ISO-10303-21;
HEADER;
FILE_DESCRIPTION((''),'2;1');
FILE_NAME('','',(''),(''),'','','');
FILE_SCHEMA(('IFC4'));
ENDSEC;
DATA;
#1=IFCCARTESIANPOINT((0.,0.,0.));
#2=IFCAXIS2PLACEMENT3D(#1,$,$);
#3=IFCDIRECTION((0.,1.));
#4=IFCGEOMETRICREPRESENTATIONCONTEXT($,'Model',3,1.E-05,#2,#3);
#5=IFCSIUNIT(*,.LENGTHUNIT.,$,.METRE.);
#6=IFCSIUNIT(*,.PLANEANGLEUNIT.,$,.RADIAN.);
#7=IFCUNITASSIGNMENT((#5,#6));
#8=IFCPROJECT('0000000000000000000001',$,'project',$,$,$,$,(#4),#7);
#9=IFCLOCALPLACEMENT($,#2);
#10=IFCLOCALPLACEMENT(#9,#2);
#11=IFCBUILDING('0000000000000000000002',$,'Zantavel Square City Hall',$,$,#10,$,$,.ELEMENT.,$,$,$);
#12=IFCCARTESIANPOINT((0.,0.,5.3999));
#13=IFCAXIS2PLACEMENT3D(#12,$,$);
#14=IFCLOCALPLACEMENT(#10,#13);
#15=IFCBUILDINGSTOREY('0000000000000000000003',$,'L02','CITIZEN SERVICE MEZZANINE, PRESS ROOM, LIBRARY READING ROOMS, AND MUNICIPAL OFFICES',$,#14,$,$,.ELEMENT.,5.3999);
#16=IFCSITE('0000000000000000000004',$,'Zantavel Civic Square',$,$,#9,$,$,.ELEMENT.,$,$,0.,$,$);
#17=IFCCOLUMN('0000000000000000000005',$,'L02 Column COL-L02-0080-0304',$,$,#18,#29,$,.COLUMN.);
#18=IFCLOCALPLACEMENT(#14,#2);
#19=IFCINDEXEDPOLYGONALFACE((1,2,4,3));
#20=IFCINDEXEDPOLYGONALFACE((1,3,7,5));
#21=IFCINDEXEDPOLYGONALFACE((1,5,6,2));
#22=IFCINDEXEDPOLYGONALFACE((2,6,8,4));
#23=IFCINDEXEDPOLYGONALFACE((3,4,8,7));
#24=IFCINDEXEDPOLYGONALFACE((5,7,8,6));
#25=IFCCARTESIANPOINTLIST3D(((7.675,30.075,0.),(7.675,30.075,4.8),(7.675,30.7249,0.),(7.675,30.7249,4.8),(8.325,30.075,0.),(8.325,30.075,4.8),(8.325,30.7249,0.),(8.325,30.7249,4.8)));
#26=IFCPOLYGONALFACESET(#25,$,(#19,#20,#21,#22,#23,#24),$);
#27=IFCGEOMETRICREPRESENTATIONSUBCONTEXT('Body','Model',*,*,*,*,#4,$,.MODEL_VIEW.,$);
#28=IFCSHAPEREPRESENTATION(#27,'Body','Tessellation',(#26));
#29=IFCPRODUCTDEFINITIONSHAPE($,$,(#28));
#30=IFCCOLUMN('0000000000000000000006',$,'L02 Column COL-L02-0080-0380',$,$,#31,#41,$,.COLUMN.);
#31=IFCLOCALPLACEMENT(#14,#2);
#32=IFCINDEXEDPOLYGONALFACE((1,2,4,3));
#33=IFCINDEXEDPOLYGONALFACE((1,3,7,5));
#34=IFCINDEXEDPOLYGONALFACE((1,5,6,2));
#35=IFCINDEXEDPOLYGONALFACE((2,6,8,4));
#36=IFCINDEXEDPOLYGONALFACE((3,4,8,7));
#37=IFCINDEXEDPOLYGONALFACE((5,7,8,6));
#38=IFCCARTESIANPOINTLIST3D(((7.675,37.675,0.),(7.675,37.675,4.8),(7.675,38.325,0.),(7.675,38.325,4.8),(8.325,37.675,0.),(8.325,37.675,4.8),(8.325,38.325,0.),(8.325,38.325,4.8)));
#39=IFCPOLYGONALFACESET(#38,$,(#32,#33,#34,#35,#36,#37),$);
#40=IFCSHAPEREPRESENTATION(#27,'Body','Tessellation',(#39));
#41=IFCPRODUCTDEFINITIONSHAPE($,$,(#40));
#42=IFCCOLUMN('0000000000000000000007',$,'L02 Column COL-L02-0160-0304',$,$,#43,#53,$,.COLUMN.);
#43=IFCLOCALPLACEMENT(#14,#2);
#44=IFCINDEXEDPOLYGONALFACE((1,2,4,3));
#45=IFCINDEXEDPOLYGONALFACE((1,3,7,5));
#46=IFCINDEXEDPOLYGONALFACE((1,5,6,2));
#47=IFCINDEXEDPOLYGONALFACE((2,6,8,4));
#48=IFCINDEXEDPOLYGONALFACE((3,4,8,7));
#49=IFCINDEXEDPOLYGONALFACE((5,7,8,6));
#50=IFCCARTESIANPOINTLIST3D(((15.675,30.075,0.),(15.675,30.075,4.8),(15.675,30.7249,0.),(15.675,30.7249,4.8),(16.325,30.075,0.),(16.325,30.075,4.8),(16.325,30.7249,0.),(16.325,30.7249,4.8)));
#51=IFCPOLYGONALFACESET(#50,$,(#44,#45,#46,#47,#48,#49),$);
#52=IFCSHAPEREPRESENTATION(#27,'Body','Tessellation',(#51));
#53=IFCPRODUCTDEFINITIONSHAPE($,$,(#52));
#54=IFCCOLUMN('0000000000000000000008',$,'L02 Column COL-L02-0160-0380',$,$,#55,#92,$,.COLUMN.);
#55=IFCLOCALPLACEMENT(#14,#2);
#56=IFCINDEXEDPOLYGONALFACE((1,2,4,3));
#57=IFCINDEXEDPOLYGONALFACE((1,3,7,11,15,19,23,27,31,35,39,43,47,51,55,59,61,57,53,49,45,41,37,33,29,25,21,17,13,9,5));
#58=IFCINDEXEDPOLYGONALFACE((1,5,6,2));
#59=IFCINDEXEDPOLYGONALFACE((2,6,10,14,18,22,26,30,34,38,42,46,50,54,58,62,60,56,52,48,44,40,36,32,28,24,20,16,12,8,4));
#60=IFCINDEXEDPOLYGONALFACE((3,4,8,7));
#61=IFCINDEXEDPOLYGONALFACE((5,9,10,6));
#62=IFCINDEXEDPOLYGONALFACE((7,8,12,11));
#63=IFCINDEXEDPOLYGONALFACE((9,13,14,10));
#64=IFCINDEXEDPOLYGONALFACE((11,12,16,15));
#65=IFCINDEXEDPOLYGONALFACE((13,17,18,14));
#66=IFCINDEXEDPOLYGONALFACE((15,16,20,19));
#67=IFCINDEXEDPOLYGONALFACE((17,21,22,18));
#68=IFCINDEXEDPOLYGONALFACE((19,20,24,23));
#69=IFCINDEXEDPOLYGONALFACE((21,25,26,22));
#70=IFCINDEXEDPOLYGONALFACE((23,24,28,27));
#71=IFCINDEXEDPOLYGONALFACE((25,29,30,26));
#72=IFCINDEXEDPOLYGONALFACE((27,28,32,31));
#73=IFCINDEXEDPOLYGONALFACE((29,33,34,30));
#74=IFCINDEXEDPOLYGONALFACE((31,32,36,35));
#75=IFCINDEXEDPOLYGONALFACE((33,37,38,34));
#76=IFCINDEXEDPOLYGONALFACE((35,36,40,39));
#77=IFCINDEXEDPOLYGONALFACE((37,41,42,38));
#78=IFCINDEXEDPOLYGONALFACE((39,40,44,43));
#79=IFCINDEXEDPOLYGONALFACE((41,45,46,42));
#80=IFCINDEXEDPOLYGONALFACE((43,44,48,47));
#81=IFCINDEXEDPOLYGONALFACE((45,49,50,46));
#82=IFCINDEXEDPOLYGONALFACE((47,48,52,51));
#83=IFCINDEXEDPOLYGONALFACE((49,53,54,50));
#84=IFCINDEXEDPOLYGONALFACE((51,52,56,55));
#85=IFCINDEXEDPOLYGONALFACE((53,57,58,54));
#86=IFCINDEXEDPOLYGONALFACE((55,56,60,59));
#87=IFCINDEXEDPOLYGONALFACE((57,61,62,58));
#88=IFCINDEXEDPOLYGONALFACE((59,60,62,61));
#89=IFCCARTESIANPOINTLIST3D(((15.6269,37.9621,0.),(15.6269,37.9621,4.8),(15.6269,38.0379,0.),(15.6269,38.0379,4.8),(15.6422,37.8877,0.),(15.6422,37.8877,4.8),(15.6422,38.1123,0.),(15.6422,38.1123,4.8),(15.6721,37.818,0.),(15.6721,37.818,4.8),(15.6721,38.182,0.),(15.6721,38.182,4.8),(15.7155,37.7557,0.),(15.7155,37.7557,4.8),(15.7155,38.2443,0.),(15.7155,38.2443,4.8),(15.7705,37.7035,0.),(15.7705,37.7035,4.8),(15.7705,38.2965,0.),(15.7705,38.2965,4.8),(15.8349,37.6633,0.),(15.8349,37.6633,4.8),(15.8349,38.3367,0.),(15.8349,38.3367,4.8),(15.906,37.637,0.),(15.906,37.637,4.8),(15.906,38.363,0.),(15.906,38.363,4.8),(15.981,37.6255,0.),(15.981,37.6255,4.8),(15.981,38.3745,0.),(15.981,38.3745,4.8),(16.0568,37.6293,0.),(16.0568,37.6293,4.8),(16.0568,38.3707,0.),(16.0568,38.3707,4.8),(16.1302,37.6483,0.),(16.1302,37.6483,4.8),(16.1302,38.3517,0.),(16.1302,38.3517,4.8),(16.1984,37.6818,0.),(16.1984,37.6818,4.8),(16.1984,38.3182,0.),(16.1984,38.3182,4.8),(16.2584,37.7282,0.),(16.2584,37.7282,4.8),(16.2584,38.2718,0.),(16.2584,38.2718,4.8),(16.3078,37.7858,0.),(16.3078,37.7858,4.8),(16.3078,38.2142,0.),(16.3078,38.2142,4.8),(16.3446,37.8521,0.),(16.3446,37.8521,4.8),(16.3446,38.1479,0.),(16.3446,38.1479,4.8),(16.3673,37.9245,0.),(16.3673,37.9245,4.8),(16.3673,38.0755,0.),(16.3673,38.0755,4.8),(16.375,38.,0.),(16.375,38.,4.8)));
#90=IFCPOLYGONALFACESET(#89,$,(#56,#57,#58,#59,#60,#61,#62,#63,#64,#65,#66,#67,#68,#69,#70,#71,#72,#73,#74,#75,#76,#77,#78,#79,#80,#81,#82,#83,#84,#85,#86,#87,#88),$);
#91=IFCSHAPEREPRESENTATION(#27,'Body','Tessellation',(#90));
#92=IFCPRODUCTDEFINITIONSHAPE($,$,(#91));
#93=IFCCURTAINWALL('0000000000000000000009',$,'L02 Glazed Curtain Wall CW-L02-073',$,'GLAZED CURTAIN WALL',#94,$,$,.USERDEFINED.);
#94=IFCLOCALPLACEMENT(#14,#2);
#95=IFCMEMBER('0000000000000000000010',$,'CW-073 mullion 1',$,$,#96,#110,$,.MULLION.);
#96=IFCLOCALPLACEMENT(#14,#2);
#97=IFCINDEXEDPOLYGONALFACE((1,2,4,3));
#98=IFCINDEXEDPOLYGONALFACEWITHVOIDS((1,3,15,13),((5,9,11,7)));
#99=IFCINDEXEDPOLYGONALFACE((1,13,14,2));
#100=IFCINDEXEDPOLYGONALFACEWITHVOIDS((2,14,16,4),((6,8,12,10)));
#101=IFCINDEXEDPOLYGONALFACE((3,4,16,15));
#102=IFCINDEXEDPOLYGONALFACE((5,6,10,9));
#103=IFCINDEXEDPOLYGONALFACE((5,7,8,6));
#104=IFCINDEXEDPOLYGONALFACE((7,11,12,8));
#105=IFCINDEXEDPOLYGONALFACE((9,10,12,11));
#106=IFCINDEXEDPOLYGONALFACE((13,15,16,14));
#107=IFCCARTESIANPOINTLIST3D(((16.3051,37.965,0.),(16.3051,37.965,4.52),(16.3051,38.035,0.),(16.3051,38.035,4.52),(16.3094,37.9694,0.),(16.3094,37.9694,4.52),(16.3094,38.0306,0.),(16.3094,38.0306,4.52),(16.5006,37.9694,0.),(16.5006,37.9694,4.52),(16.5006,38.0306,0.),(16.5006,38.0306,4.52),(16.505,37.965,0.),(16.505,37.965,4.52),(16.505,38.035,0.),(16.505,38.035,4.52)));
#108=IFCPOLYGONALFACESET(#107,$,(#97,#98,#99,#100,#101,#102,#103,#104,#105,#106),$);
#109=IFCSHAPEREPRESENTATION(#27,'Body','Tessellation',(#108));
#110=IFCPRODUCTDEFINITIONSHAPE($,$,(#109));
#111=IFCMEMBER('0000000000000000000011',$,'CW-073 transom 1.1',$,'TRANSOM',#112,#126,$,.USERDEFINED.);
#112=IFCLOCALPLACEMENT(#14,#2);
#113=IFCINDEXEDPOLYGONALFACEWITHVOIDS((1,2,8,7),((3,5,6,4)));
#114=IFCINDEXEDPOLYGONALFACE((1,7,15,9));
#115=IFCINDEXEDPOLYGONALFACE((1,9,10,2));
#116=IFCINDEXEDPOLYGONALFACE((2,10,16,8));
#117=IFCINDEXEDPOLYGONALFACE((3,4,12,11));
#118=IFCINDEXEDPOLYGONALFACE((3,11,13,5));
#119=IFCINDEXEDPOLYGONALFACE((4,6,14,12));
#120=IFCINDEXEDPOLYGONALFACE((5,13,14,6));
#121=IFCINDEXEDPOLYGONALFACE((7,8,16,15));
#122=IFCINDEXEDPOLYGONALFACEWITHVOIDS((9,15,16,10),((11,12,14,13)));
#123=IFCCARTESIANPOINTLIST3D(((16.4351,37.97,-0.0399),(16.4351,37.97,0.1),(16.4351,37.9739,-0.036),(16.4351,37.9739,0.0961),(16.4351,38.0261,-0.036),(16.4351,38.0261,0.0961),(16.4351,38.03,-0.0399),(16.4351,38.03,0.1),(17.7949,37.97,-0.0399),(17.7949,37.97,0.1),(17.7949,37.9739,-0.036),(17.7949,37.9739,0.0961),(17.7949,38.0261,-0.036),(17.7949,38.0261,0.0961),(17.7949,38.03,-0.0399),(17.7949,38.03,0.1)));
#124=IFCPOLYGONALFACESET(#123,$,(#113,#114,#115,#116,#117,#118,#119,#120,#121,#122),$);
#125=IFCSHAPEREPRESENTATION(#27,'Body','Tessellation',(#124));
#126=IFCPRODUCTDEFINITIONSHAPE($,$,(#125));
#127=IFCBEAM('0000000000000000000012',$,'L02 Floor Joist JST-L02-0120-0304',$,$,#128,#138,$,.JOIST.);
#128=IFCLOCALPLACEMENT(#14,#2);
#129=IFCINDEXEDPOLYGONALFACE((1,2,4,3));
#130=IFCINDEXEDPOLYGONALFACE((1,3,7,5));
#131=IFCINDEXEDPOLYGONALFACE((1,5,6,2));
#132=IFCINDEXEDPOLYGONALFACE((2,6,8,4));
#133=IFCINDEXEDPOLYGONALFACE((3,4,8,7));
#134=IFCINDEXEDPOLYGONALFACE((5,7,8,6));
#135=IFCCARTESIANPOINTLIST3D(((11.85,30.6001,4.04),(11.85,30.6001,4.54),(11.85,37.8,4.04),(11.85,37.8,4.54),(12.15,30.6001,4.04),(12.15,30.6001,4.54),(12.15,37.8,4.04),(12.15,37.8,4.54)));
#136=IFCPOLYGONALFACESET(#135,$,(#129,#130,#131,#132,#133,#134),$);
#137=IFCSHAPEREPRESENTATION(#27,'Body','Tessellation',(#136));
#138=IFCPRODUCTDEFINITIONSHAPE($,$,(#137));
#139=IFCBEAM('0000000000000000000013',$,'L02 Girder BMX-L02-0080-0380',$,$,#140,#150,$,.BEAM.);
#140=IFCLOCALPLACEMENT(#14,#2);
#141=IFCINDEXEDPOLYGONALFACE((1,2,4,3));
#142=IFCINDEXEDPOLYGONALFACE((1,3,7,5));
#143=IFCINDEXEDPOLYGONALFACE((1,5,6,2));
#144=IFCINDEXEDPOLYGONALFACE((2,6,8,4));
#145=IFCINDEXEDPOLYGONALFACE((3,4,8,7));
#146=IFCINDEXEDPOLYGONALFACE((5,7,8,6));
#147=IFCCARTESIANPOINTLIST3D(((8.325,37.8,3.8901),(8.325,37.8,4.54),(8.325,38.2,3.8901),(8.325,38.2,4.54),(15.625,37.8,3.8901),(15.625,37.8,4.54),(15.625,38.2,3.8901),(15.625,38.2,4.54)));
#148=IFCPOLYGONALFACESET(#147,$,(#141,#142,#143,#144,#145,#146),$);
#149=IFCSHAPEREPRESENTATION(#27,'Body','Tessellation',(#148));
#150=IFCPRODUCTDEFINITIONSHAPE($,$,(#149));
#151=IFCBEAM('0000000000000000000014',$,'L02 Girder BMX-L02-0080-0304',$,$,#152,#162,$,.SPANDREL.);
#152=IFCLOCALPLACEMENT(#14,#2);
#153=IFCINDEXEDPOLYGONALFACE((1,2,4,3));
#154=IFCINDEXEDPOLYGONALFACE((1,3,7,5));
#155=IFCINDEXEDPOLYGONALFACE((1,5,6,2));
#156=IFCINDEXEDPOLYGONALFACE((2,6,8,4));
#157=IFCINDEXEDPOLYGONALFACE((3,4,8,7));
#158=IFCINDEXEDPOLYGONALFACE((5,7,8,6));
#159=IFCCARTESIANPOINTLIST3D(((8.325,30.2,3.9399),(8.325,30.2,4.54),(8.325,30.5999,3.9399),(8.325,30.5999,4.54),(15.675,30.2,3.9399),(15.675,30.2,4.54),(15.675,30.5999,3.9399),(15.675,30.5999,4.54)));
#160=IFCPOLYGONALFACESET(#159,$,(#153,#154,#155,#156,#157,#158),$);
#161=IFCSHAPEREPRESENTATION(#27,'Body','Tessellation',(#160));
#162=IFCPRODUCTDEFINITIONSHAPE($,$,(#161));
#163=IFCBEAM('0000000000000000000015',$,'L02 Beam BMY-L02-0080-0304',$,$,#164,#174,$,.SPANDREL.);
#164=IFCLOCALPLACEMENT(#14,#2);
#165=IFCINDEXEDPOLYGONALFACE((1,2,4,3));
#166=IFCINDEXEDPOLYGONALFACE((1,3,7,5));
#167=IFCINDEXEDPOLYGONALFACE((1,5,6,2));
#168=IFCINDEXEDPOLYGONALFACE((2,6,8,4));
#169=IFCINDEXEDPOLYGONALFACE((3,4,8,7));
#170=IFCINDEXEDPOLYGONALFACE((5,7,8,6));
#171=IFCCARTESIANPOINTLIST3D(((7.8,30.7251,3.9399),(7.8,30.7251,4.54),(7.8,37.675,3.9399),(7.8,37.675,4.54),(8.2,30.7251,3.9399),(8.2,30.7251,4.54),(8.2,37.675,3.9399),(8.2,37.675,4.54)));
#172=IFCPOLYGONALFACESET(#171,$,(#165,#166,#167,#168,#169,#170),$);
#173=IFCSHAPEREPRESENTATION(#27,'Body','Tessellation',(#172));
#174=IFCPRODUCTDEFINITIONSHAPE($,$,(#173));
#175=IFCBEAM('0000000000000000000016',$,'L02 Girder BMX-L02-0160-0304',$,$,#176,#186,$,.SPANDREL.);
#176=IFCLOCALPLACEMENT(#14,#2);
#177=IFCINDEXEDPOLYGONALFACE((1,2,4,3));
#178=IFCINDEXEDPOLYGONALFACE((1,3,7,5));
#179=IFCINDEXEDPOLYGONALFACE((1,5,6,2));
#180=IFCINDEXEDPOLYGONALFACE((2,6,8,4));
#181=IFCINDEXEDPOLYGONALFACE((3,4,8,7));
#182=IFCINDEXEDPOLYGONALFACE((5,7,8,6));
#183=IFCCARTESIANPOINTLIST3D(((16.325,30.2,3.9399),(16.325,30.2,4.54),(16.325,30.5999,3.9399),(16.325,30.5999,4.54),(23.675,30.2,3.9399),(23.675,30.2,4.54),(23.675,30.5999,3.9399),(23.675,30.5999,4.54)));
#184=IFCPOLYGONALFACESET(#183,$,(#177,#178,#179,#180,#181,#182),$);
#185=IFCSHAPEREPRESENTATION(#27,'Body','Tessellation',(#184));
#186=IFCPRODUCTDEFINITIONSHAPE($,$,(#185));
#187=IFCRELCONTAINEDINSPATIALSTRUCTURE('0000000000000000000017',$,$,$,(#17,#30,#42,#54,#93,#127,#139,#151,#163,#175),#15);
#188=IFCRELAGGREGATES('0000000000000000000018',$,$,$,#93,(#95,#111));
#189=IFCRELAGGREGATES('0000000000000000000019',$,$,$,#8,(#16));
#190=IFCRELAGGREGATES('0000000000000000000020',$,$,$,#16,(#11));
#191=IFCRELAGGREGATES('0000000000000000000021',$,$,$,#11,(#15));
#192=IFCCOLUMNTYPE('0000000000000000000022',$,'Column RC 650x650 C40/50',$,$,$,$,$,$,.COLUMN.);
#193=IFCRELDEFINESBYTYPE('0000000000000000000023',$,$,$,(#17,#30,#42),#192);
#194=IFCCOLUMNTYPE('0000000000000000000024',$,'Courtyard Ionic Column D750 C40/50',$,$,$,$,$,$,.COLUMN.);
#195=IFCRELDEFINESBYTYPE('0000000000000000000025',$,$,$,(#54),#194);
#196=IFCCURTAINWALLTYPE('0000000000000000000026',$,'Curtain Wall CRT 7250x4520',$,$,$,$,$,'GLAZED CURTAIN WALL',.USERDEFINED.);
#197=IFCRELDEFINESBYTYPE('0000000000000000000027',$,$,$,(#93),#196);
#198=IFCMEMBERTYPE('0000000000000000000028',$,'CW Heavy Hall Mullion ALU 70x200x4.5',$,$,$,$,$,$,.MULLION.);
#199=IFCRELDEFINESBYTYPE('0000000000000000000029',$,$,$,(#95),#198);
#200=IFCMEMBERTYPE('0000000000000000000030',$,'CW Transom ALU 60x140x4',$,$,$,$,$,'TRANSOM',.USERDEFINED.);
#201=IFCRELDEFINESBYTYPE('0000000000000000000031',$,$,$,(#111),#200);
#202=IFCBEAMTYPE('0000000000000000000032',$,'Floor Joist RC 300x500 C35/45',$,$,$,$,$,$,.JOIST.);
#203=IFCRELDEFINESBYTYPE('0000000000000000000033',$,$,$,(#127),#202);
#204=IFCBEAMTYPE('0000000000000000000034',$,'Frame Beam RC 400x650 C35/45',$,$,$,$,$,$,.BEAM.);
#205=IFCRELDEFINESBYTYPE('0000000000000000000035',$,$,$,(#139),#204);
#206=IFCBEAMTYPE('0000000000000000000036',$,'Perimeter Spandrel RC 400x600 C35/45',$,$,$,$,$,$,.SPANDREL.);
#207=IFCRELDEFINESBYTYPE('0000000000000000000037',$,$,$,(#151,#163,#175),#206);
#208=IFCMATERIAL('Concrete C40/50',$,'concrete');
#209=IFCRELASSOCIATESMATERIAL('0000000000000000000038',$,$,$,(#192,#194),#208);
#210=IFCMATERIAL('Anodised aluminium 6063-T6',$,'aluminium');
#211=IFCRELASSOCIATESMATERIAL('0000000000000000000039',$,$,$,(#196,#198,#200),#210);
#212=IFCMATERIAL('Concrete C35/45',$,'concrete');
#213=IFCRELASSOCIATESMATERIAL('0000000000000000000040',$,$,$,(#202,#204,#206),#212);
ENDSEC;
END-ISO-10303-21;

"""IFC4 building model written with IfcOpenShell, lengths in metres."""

from ifc_helpers import new_model, si_unit, direction, frame, origin, origin_2d, place, context, subcontext, project, spatial, rectangle, hollow_rectangle, circle, extrude, material, material_profile, profile_set, type_object, element, aggregate, save


model = new_model("IFC4")

# Units and contexts
model_context = context("Model", 3, precision=1e-05, world=origin(), true_north=direction((0.0, 1.0)))
body_context = subcontext(model_context, "Body", "Model", "MODEL_VIEW")
ifc_project = project(units=[si_unit("LENGTHUNIT", "METRE"), si_unit("PLANEANGLEUNIT", "RADIAN")], contexts=[model_context])

# Site, building, storey
site_placement = place(None, origin())
site = spatial("IfcSite", under=ifc_project, at=site_placement, Name="Zantavel Civic Square", CompositionType="ELEMENT", RefElevation=0.0)
building_placement = place(site_placement, origin())
building = spatial("IfcBuilding", under=site, at=building_placement, Name="Zantavel Square City Hall", CompositionType="ELEMENT")
storey_placement = place(building_placement, frame((0.0, 0.0, 5.3999)))
storey = spatial("IfcBuildingStorey", under=building, at=storey_placement, Name="L02", Description="CITIZEN SERVICE MEZZANINE, PRESS ROOM, LIBRARY READING ROOMS, AND MUNICIPAL OFFICES", CompositionType="ELEMENT", Elevation=5.3999)

# Columns
ifc_material_1 = material(Name="Concrete C40/50", Category="concrete")
ifc_material_profile_1 = material_profile(ifc_material_1, rectangle(XDim=0.6499, YDim=0.6499, at=origin_2d()), Name="RC 650x650")
ifc_profile_set_1 = profile_set([ifc_material_profile_1], Name="Concrete C40/50")
column_type_1 = type_object("IfcColumnType", Name="Column RC 650x650 C40/50", PredefinedType="COLUMN", material=ifc_profile_set_1)
for number, where, z_axis, x_axis, name in (
    (1, (8.0, 30.3999, 0.0), (0.0, 0.0, 1.0), (1.0, 0.0, 0.0), "L02 Column COL-L02-0080-0304"),
    (2, (8.0, 38.0, 0.0), (0.0, 0.0, 1.0), (1.0, 0.0, 0.0), "L02 Column COL-L02-0080-0380"),
    (3, (16.0, 30.3999, 0.0), (0.0, 0.0, 1.0), (1.0, 0.0, 0.0), "L02 Column COL-L02-0160-0304"),
):
    element("IfcColumn", number, at=place(storey_placement, frame(where, z_axis=z_axis, x_axis=x_axis)), inside=storey, type_object=column_type_1, Name=name, PredefinedType="COLUMN", context=body_context, shape_type="SweptSolid", body=[
        extrude(rectangle(XDim=0.6499, YDim=0.6499, at=origin_2d()), origin(), (0.0, 0.0, 1.0), 4.8),
    ])
ifc_material_profile_2 = material_profile(ifc_material_1, circle(Radius=0.375, at=origin_2d()), Name="ROUND D750")
ifc_profile_set_2 = profile_set([ifc_material_profile_2], Name="Concrete C40/50")
column_type_2 = type_object("IfcColumnType", Name="Courtyard Ionic Column D750 C40/50", PredefinedType="COLUMN", material=ifc_profile_set_2)
column_placement = place(storey_placement, frame((16.0, 38.0, 0.0), z_axis=(0.0, 0.0, 1.0), x_axis=(1.0, 0.0, 0.0)))
element("IfcColumn", 4, at=column_placement, inside=storey, type_object=column_type_2, Name="L02 Column COL-L02-0160-0380", PredefinedType="COLUMN", context=body_context, shape_type="SweptSolid", body=[
    extrude(circle(Radius=0.375, at=origin_2d()), origin(), (0.0, 0.0, 1.0), 4.8),
])

# Curtain wall, members
ifc_material_2 = material(Name="Anodised aluminium 6063-T6", Category="aluminium")
curtain_wall_type = type_object("IfcCurtainWallType", Name="Curtain Wall CRT 7250x4520", ElementType="GLAZED CURTAIN WALL", PredefinedType="USERDEFINED", material=ifc_material_2)
curtain_wall_placement = place(storey_placement, origin())
curtain_wall = element("IfcCurtainWall", 5, at=curtain_wall_placement, inside=storey, type_object=curtain_wall_type, Name="L02 Glazed Curtain Wall CW-L02-073", ObjectType="GLAZED CURTAIN WALL", PredefinedType="USERDEFINED")
ifc_material_profile_3 = material_profile(ifc_material_2, hollow_rectangle(XDim=0.0701, YDim=0.2, WallThickness=0.0044, at=origin_2d()), Name="ALU 70x200x4.5")
ifc_profile_set_3 = profile_set([ifc_material_profile_3], Name="Anodised aluminium 6063-T6")
member_type_1 = type_object("IfcMemberType", Name="CW Heavy Hall Mullion ALU 70x200x4.5", PredefinedType="MULLION", material=ifc_profile_set_3)
member_1_placement = place(storey_placement, frame((16.405, 38.0, 0.0), z_axis=(0.0, 0.0, 1.0), x_axis=(0.0, 1.0, 0.0)))
member_1 = element("IfcMember", 6, at=member_1_placement, type_object=member_type_1, Name="CW-073 mullion 1", PredefinedType="MULLION", context=body_context, shape_type="SweptSolid", body=[
    extrude(hollow_rectangle(XDim=0.0701, YDim=0.2, WallThickness=0.0044, at=origin_2d()), origin(), (0.0, 0.0, 1.0), 4.52),
])
ifc_material_profile_4 = material_profile(ifc_material_2, hollow_rectangle(XDim=0.0601, YDim=0.1399, WallThickness=0.0039, at=origin_2d()), Name="ALU 60x140x4")
ifc_profile_set_4 = profile_set([ifc_material_profile_4], Name="Anodised aluminium 6063-T6")
member_type_2 = type_object("IfcMemberType", Name="CW Transom ALU 60x140x4", ElementType="TRANSOM", PredefinedType="USERDEFINED", material=ifc_profile_set_4)
member_2_placement = place(storey_placement, frame((16.4351, 38.0, 0.03), z_axis=(1.0, 0.0, 0.0), x_axis=(0.0, 1.0, 0.0)))
member_2 = element("IfcMember", 7, at=member_2_placement, type_object=member_type_2, Name="CW-073 transom 1.1", ObjectType="TRANSOM", PredefinedType="USERDEFINED", context=body_context, shape_type="SweptSolid", body=[
    extrude(hollow_rectangle(XDim=0.0601, YDim=0.1399, WallThickness=0.0039, at=origin_2d()), origin(), (0.0, 0.0, 1.0), 1.3599),
])
aggregate(curtain_wall, [member_1, member_2])

# Beams
ifc_material_3 = material(Name="Concrete C35/45", Category="concrete")
ifc_material_profile_5 = material_profile(ifc_material_3, rectangle(XDim=0.3, YDim=0.5, at=origin_2d()), Name="RC 300x500")
ifc_profile_set_5 = profile_set([ifc_material_profile_5], Name="Concrete C35/45")
beam_type_1 = type_object("IfcBeamType", Name="Floor Joist RC 300x500 C35/45", PredefinedType="JOIST", material=ifc_profile_set_5)
beam_1_placement = place(storey_placement, frame((12.0, 30.6001, 4.29), z_axis=(0.0, 1.0, 0.0), x_axis=(-1.0, 0.0, 0.0)))
element("IfcBeam", 8, at=beam_1_placement, inside=storey, type_object=beam_type_1, Name="L02 Floor Joist JST-L02-0120-0304", PredefinedType="JOIST", context=body_context, shape_type="SweptSolid", body=[
    extrude(rectangle(XDim=0.3, YDim=0.5, at=origin_2d()), origin(), (0.0, 0.0, 1.0), 7.2),
])
ifc_material_profile_6 = material_profile(ifc_material_3, rectangle(XDim=0.3999, YDim=0.6499, at=origin_2d()), Name="RC 400x650")
ifc_profile_set_6 = profile_set([ifc_material_profile_6], Name="Concrete C35/45")
beam_type_2 = type_object("IfcBeamType", Name="Frame Beam RC 400x650 C35/45", PredefinedType="BEAM", material=ifc_profile_set_6)
beam_2_placement = place(storey_placement, frame((8.325, 38.0, 4.2151), z_axis=(1.0, 0.0, 0.0), x_axis=(0.0, 1.0, 0.0)))
element("IfcBeam", 9, at=beam_2_placement, inside=storey, type_object=beam_type_2, Name="L02 Girder BMX-L02-0080-0380", PredefinedType="BEAM", context=body_context, shape_type="SweptSolid", body=[
    extrude(rectangle(XDim=0.3999, YDim=0.6499, at=origin_2d()), origin(), (0.0, 0.0, 1.0), 7.3),
])
ifc_material_profile_7 = material_profile(ifc_material_3, rectangle(XDim=0.3999, YDim=0.6001, at=origin_2d()), Name="RC 400x600")
ifc_profile_set_7 = profile_set([ifc_material_profile_7], Name="Concrete C35/45")
beam_type_3 = type_object("IfcBeamType", Name="Perimeter Spandrel RC 400x600 C35/45", PredefinedType="SPANDREL", material=ifc_profile_set_7)
beam_3_placement = place(storey_placement, frame((8.325, 30.3999, 4.24), z_axis=(1.0, 0.0, 0.0), x_axis=(0.0, 1.0, 0.0)))
element("IfcBeam", 10, at=beam_3_placement, inside=storey, type_object=beam_type_3, Name="L02 Girder BMX-L02-0080-0304", PredefinedType="SPANDREL", context=body_context, shape_type="SweptSolid", body=[
    extrude(rectangle(XDim=0.3999, YDim=0.6001, at=origin_2d()), origin(), (0.0, 0.0, 1.0), 7.3501),
])
beam_4_placement = place(storey_placement, frame((8.0, 30.7251, 4.24), z_axis=(0.0, 1.0, 0.0), x_axis=(-1.0, 0.0, 0.0)))
element("IfcBeam", 11, at=beam_4_placement, inside=storey, type_object=beam_type_3, Name="L02 Beam BMY-L02-0080-0304", PredefinedType="SPANDREL", context=body_context, shape_type="SweptSolid", body=[
    extrude(rectangle(XDim=0.3999, YDim=0.6001, at=origin_2d()), origin(), (0.0, 0.0, 1.0), 6.95),
])
beam_5_placement = place(storey_placement, frame((16.325, 30.3999, 4.24), z_axis=(1.0, 0.0, 0.0), x_axis=(0.0, 1.0, 0.0)))
element("IfcBeam", 12, at=beam_5_placement, inside=storey, type_object=beam_type_3, Name="L02 Girder BMX-L02-0160-0304", PredefinedType="SPANDREL", context=body_context, shape_type="SweptSolid", body=[
    extrude(rectangle(XDim=0.3999, YDim=0.6001, at=origin_2d()), origin(), (0.0, 0.0, 1.0), 7.3501),
])

save(model, "model.ifc")
